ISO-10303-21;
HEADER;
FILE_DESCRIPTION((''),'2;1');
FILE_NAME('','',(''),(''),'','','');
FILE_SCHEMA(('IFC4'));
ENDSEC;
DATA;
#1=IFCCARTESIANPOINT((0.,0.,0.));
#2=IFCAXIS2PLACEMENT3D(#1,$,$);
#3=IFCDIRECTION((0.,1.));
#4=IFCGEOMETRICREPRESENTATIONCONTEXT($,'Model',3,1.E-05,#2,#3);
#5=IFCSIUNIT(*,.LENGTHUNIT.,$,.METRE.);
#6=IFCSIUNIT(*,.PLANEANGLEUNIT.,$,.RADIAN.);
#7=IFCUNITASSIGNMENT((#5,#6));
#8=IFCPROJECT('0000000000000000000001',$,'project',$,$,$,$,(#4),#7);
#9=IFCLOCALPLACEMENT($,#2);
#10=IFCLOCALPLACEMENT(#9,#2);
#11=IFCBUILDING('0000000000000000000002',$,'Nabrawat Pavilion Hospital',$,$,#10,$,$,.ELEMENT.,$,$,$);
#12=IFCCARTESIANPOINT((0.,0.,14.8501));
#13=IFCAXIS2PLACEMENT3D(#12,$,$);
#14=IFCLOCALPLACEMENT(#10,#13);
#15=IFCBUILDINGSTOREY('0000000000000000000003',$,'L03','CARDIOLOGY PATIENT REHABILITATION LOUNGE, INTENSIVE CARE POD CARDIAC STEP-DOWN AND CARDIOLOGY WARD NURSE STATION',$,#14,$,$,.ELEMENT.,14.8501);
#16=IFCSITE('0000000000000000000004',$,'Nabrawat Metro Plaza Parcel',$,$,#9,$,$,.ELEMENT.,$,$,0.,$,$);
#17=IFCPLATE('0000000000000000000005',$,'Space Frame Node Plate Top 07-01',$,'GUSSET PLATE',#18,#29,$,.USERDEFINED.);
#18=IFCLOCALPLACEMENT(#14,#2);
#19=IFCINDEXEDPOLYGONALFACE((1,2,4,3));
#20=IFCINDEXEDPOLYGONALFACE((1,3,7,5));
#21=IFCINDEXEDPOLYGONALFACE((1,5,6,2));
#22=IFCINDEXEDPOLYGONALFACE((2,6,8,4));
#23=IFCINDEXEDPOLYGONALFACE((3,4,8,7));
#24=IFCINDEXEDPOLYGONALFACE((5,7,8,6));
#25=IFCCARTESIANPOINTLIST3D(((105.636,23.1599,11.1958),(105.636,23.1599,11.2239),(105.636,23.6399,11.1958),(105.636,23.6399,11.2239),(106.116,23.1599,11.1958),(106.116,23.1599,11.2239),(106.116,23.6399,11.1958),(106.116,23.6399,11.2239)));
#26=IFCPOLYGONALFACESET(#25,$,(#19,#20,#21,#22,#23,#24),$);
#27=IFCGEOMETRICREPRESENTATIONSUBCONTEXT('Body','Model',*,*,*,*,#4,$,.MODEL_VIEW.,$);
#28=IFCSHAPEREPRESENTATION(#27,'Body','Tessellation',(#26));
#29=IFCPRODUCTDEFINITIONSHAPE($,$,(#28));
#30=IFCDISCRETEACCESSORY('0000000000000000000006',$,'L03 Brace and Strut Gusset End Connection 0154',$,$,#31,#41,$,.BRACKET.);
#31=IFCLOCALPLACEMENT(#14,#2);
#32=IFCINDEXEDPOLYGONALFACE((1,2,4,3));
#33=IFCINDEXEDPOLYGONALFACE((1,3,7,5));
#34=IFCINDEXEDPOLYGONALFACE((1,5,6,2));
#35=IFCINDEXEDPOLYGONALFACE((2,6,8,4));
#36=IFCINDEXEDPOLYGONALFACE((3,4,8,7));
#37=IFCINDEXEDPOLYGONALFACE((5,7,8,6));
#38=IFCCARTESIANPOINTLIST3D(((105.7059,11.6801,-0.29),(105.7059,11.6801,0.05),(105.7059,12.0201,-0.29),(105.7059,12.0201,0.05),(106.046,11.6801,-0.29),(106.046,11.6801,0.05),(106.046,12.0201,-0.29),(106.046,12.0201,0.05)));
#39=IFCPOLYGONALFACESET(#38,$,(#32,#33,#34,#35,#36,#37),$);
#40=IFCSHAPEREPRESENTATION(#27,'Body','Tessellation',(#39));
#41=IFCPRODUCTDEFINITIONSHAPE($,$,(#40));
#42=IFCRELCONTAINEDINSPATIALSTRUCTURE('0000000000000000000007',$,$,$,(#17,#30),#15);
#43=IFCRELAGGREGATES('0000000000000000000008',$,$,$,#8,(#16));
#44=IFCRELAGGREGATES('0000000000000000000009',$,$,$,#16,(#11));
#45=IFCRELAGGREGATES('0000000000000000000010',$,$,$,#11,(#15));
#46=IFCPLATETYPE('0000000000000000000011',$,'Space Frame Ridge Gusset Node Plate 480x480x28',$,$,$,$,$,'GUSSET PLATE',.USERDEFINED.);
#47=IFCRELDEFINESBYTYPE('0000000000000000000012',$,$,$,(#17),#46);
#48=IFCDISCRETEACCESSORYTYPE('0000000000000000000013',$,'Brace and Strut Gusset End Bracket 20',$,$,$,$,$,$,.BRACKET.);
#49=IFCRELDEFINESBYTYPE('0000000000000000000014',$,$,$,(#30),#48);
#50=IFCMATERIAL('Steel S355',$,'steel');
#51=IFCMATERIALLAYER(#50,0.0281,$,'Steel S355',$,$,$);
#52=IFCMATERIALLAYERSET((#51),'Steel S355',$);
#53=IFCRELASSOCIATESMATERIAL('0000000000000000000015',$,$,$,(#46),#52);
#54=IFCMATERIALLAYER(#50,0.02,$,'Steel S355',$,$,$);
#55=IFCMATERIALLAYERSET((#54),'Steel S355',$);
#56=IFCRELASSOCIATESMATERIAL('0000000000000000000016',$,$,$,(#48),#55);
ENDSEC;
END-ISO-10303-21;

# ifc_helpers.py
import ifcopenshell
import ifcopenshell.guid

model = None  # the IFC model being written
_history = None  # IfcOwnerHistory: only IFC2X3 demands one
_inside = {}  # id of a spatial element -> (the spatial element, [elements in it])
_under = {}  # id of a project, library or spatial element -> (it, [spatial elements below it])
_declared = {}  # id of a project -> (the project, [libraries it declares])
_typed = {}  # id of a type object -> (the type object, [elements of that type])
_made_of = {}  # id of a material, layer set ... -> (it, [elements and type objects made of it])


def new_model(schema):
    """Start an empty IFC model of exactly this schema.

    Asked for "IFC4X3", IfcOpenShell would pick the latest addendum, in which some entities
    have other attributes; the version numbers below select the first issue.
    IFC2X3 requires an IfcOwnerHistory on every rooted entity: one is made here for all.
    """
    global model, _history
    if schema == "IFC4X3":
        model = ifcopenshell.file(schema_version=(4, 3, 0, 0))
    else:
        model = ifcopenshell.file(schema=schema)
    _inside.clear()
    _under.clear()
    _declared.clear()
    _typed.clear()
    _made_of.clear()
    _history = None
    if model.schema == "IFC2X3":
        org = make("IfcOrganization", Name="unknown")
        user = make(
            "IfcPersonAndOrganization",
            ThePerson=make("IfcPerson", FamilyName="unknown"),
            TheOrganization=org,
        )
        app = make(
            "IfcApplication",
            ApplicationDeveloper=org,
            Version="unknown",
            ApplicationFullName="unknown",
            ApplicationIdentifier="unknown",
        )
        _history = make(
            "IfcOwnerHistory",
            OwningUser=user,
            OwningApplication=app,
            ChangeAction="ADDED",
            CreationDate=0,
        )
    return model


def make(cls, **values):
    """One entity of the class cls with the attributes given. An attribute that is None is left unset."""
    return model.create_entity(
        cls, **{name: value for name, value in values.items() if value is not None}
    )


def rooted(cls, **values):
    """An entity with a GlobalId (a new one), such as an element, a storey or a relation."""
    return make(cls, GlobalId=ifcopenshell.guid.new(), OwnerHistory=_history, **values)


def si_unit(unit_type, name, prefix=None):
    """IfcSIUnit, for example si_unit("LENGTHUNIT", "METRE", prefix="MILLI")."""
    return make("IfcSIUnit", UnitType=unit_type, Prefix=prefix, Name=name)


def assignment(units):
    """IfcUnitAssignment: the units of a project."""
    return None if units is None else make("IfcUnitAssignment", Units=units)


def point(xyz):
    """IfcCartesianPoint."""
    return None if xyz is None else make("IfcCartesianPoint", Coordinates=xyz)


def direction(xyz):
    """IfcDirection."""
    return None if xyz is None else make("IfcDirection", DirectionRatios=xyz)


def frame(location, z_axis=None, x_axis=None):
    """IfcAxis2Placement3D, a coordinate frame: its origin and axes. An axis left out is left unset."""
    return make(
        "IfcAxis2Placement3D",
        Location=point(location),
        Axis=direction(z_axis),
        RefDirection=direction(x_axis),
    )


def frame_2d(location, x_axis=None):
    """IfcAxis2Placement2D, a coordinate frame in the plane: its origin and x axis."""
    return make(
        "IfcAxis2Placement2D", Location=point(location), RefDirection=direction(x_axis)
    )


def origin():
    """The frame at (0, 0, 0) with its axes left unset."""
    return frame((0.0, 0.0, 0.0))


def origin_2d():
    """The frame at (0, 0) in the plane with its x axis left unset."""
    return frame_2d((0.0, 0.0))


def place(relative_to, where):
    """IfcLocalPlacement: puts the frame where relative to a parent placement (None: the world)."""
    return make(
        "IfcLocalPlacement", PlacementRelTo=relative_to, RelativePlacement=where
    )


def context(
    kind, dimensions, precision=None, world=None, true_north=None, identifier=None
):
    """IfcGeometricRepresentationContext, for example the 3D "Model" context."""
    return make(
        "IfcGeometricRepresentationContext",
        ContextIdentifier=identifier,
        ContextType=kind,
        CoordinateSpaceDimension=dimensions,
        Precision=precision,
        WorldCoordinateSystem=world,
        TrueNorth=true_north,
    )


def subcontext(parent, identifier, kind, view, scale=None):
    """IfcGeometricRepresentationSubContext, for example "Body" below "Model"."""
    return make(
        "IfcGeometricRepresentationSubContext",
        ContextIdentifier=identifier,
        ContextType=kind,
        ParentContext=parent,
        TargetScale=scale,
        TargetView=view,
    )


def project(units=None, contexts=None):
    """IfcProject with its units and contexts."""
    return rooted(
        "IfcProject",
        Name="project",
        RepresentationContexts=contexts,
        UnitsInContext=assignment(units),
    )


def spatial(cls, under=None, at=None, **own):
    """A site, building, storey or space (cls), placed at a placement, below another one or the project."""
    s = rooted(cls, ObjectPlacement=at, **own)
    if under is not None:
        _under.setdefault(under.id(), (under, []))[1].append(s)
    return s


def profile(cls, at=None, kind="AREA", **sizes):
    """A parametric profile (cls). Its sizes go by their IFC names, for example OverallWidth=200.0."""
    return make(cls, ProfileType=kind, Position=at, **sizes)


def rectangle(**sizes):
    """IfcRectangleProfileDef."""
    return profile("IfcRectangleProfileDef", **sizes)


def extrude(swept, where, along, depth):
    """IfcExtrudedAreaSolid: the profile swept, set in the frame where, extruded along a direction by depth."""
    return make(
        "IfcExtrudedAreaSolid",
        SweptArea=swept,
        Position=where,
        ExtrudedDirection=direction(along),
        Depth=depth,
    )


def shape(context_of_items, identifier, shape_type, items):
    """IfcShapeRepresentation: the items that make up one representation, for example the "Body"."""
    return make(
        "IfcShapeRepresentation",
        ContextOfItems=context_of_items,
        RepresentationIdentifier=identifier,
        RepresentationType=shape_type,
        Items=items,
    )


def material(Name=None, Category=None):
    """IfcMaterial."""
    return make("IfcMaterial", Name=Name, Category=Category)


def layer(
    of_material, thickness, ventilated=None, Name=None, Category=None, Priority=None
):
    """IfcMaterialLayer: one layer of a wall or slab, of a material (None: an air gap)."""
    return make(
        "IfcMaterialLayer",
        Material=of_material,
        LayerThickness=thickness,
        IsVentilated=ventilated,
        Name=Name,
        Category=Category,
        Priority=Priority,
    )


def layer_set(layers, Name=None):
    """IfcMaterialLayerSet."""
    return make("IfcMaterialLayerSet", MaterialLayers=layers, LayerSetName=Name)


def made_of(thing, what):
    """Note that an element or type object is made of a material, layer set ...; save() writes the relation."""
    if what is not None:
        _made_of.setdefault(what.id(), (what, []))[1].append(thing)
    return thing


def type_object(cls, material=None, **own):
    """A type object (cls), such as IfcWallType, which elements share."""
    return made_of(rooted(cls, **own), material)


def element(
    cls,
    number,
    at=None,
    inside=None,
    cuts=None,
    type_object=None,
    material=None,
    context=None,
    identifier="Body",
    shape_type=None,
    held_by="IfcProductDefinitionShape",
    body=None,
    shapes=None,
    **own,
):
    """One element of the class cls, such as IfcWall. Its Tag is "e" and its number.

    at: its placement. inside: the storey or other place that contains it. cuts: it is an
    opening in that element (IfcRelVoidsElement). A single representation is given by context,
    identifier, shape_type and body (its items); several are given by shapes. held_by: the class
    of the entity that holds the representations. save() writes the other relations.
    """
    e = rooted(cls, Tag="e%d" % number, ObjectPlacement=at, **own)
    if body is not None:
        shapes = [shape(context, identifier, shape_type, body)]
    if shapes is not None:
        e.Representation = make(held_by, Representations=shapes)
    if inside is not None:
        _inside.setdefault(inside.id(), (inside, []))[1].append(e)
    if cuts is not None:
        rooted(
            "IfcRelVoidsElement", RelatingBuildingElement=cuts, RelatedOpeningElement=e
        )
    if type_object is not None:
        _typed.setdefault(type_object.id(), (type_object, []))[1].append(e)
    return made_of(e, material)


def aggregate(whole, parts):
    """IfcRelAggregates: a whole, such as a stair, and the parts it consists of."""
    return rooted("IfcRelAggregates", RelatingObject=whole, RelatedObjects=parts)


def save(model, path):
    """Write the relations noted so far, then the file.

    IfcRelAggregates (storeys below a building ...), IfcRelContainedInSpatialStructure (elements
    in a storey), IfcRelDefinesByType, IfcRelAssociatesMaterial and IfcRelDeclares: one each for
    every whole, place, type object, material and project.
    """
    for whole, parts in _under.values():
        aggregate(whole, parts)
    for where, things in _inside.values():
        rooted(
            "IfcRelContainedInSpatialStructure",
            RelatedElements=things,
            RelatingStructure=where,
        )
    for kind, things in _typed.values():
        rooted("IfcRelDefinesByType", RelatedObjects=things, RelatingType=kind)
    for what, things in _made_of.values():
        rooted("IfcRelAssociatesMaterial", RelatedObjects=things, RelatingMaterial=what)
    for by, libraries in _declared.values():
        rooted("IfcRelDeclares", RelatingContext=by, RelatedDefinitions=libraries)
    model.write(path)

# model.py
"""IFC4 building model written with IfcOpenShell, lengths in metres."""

from ifc_helpers import new_model, si_unit, direction, frame, origin, origin_2d, place, context, subcontext, project, spatial, rectangle, extrude, material, layer, layer_set, type_object, element, save


model = new_model("IFC4")

# Units and contexts
model_context = context("Model", 3, precision=1e-05, world=origin(), true_north=direction((0.0, 1.0)))
body_context = subcontext(model_context, "Body", "Model", "MODEL_VIEW")
ifc_project = project(units=[si_unit("LENGTHUNIT", "METRE"), si_unit("PLANEANGLEUNIT", "RADIAN")], contexts=[model_context])

# Site, building, storey
site_placement = place(None, origin())
site = spatial("IfcSite", under=ifc_project, at=site_placement, Name="Nabrawat Metro Plaza Parcel", CompositionType="ELEMENT", RefElevation=0.0)
building_placement = place(site_placement, origin())
building = spatial("IfcBuilding", under=site, at=building_placement, Name="Nabrawat Pavilion Hospital", CompositionType="ELEMENT")
storey_placement = place(building_placement, frame((0.0, 0.0, 14.8501)))
storey = spatial("IfcBuildingStorey", under=building, at=storey_placement, Name="L03", Description="CARDIOLOGY PATIENT REHABILITATION LOUNGE, INTENSIVE CARE POD CARDIAC STEP-DOWN AND CARDIOLOGY WARD NURSE STATION", CompositionType="ELEMENT", Elevation=14.8501)

# Shared definitions
ifc_material = material(Name="Steel S355", Category="steel")

# Plate
ifc_layer_1 = layer(ifc_material, 0.0281, Name="Steel S355")
ifc_layer_set_1 = layer_set([ifc_layer_1], Name="Steel S355")
plate_type_1 = type_object("IfcPlateType", Name="Space Frame Ridge Gusset Node Plate 480x480x28", ElementType="GUSSET PLATE", PredefinedType="USERDEFINED", material=ifc_layer_set_1)
plate_placement = place(storey_placement, frame((105.876, 23.3999, 11.1958), z_axis=(0.0, 0.0, 1.0), x_axis=(1.0, 0.0, 0.0)))
element("IfcPlate", 1, at=plate_placement, inside=storey, type_object=plate_type_1, Name="Space Frame Node Plate Top 07-01", ObjectType="GUSSET PLATE", PredefinedType="USERDEFINED", context=body_context, shape_type="SweptSolid", body=[
    extrude(rectangle(XDim=0.48, YDim=0.48, at=origin_2d()), origin(), (0.0, 0.0, 1.0), 0.0281),
])

# Discrete accessory
ifc_layer_2 = layer(ifc_material, 0.02, Name="Steel S355")
ifc_layer_set_2 = layer_set([ifc_layer_2], Name="Steel S355")
discrete_accessory_type = type_object("IfcDiscreteAccessoryType", Name="Brace and Strut Gusset End Bracket 20", PredefinedType="BRACKET", material=ifc_layer_set_2)
discrete_accessory_placement = place(storey_placement, frame((105.876, 11.8501, -0.29), z_axis=(0.0, 0.0, 1.0), x_axis=(1.0, 0.0, 0.0)))
element("IfcDiscreteAccessory", 2, at=discrete_accessory_placement, inside=storey, type_object=discrete_accessory_type, Name="L03 Brace and Strut Gusset End Connection 0154", PredefinedType="BRACKET", context=body_context, shape_type="SweptSolid", body=[
    extrude(rectangle(XDim=0.3401, YDim=0.3401, at=origin_2d()), origin(), (0.0, 0.0, 1.0), 0.3401),
])

save(model, "model.ifc")
